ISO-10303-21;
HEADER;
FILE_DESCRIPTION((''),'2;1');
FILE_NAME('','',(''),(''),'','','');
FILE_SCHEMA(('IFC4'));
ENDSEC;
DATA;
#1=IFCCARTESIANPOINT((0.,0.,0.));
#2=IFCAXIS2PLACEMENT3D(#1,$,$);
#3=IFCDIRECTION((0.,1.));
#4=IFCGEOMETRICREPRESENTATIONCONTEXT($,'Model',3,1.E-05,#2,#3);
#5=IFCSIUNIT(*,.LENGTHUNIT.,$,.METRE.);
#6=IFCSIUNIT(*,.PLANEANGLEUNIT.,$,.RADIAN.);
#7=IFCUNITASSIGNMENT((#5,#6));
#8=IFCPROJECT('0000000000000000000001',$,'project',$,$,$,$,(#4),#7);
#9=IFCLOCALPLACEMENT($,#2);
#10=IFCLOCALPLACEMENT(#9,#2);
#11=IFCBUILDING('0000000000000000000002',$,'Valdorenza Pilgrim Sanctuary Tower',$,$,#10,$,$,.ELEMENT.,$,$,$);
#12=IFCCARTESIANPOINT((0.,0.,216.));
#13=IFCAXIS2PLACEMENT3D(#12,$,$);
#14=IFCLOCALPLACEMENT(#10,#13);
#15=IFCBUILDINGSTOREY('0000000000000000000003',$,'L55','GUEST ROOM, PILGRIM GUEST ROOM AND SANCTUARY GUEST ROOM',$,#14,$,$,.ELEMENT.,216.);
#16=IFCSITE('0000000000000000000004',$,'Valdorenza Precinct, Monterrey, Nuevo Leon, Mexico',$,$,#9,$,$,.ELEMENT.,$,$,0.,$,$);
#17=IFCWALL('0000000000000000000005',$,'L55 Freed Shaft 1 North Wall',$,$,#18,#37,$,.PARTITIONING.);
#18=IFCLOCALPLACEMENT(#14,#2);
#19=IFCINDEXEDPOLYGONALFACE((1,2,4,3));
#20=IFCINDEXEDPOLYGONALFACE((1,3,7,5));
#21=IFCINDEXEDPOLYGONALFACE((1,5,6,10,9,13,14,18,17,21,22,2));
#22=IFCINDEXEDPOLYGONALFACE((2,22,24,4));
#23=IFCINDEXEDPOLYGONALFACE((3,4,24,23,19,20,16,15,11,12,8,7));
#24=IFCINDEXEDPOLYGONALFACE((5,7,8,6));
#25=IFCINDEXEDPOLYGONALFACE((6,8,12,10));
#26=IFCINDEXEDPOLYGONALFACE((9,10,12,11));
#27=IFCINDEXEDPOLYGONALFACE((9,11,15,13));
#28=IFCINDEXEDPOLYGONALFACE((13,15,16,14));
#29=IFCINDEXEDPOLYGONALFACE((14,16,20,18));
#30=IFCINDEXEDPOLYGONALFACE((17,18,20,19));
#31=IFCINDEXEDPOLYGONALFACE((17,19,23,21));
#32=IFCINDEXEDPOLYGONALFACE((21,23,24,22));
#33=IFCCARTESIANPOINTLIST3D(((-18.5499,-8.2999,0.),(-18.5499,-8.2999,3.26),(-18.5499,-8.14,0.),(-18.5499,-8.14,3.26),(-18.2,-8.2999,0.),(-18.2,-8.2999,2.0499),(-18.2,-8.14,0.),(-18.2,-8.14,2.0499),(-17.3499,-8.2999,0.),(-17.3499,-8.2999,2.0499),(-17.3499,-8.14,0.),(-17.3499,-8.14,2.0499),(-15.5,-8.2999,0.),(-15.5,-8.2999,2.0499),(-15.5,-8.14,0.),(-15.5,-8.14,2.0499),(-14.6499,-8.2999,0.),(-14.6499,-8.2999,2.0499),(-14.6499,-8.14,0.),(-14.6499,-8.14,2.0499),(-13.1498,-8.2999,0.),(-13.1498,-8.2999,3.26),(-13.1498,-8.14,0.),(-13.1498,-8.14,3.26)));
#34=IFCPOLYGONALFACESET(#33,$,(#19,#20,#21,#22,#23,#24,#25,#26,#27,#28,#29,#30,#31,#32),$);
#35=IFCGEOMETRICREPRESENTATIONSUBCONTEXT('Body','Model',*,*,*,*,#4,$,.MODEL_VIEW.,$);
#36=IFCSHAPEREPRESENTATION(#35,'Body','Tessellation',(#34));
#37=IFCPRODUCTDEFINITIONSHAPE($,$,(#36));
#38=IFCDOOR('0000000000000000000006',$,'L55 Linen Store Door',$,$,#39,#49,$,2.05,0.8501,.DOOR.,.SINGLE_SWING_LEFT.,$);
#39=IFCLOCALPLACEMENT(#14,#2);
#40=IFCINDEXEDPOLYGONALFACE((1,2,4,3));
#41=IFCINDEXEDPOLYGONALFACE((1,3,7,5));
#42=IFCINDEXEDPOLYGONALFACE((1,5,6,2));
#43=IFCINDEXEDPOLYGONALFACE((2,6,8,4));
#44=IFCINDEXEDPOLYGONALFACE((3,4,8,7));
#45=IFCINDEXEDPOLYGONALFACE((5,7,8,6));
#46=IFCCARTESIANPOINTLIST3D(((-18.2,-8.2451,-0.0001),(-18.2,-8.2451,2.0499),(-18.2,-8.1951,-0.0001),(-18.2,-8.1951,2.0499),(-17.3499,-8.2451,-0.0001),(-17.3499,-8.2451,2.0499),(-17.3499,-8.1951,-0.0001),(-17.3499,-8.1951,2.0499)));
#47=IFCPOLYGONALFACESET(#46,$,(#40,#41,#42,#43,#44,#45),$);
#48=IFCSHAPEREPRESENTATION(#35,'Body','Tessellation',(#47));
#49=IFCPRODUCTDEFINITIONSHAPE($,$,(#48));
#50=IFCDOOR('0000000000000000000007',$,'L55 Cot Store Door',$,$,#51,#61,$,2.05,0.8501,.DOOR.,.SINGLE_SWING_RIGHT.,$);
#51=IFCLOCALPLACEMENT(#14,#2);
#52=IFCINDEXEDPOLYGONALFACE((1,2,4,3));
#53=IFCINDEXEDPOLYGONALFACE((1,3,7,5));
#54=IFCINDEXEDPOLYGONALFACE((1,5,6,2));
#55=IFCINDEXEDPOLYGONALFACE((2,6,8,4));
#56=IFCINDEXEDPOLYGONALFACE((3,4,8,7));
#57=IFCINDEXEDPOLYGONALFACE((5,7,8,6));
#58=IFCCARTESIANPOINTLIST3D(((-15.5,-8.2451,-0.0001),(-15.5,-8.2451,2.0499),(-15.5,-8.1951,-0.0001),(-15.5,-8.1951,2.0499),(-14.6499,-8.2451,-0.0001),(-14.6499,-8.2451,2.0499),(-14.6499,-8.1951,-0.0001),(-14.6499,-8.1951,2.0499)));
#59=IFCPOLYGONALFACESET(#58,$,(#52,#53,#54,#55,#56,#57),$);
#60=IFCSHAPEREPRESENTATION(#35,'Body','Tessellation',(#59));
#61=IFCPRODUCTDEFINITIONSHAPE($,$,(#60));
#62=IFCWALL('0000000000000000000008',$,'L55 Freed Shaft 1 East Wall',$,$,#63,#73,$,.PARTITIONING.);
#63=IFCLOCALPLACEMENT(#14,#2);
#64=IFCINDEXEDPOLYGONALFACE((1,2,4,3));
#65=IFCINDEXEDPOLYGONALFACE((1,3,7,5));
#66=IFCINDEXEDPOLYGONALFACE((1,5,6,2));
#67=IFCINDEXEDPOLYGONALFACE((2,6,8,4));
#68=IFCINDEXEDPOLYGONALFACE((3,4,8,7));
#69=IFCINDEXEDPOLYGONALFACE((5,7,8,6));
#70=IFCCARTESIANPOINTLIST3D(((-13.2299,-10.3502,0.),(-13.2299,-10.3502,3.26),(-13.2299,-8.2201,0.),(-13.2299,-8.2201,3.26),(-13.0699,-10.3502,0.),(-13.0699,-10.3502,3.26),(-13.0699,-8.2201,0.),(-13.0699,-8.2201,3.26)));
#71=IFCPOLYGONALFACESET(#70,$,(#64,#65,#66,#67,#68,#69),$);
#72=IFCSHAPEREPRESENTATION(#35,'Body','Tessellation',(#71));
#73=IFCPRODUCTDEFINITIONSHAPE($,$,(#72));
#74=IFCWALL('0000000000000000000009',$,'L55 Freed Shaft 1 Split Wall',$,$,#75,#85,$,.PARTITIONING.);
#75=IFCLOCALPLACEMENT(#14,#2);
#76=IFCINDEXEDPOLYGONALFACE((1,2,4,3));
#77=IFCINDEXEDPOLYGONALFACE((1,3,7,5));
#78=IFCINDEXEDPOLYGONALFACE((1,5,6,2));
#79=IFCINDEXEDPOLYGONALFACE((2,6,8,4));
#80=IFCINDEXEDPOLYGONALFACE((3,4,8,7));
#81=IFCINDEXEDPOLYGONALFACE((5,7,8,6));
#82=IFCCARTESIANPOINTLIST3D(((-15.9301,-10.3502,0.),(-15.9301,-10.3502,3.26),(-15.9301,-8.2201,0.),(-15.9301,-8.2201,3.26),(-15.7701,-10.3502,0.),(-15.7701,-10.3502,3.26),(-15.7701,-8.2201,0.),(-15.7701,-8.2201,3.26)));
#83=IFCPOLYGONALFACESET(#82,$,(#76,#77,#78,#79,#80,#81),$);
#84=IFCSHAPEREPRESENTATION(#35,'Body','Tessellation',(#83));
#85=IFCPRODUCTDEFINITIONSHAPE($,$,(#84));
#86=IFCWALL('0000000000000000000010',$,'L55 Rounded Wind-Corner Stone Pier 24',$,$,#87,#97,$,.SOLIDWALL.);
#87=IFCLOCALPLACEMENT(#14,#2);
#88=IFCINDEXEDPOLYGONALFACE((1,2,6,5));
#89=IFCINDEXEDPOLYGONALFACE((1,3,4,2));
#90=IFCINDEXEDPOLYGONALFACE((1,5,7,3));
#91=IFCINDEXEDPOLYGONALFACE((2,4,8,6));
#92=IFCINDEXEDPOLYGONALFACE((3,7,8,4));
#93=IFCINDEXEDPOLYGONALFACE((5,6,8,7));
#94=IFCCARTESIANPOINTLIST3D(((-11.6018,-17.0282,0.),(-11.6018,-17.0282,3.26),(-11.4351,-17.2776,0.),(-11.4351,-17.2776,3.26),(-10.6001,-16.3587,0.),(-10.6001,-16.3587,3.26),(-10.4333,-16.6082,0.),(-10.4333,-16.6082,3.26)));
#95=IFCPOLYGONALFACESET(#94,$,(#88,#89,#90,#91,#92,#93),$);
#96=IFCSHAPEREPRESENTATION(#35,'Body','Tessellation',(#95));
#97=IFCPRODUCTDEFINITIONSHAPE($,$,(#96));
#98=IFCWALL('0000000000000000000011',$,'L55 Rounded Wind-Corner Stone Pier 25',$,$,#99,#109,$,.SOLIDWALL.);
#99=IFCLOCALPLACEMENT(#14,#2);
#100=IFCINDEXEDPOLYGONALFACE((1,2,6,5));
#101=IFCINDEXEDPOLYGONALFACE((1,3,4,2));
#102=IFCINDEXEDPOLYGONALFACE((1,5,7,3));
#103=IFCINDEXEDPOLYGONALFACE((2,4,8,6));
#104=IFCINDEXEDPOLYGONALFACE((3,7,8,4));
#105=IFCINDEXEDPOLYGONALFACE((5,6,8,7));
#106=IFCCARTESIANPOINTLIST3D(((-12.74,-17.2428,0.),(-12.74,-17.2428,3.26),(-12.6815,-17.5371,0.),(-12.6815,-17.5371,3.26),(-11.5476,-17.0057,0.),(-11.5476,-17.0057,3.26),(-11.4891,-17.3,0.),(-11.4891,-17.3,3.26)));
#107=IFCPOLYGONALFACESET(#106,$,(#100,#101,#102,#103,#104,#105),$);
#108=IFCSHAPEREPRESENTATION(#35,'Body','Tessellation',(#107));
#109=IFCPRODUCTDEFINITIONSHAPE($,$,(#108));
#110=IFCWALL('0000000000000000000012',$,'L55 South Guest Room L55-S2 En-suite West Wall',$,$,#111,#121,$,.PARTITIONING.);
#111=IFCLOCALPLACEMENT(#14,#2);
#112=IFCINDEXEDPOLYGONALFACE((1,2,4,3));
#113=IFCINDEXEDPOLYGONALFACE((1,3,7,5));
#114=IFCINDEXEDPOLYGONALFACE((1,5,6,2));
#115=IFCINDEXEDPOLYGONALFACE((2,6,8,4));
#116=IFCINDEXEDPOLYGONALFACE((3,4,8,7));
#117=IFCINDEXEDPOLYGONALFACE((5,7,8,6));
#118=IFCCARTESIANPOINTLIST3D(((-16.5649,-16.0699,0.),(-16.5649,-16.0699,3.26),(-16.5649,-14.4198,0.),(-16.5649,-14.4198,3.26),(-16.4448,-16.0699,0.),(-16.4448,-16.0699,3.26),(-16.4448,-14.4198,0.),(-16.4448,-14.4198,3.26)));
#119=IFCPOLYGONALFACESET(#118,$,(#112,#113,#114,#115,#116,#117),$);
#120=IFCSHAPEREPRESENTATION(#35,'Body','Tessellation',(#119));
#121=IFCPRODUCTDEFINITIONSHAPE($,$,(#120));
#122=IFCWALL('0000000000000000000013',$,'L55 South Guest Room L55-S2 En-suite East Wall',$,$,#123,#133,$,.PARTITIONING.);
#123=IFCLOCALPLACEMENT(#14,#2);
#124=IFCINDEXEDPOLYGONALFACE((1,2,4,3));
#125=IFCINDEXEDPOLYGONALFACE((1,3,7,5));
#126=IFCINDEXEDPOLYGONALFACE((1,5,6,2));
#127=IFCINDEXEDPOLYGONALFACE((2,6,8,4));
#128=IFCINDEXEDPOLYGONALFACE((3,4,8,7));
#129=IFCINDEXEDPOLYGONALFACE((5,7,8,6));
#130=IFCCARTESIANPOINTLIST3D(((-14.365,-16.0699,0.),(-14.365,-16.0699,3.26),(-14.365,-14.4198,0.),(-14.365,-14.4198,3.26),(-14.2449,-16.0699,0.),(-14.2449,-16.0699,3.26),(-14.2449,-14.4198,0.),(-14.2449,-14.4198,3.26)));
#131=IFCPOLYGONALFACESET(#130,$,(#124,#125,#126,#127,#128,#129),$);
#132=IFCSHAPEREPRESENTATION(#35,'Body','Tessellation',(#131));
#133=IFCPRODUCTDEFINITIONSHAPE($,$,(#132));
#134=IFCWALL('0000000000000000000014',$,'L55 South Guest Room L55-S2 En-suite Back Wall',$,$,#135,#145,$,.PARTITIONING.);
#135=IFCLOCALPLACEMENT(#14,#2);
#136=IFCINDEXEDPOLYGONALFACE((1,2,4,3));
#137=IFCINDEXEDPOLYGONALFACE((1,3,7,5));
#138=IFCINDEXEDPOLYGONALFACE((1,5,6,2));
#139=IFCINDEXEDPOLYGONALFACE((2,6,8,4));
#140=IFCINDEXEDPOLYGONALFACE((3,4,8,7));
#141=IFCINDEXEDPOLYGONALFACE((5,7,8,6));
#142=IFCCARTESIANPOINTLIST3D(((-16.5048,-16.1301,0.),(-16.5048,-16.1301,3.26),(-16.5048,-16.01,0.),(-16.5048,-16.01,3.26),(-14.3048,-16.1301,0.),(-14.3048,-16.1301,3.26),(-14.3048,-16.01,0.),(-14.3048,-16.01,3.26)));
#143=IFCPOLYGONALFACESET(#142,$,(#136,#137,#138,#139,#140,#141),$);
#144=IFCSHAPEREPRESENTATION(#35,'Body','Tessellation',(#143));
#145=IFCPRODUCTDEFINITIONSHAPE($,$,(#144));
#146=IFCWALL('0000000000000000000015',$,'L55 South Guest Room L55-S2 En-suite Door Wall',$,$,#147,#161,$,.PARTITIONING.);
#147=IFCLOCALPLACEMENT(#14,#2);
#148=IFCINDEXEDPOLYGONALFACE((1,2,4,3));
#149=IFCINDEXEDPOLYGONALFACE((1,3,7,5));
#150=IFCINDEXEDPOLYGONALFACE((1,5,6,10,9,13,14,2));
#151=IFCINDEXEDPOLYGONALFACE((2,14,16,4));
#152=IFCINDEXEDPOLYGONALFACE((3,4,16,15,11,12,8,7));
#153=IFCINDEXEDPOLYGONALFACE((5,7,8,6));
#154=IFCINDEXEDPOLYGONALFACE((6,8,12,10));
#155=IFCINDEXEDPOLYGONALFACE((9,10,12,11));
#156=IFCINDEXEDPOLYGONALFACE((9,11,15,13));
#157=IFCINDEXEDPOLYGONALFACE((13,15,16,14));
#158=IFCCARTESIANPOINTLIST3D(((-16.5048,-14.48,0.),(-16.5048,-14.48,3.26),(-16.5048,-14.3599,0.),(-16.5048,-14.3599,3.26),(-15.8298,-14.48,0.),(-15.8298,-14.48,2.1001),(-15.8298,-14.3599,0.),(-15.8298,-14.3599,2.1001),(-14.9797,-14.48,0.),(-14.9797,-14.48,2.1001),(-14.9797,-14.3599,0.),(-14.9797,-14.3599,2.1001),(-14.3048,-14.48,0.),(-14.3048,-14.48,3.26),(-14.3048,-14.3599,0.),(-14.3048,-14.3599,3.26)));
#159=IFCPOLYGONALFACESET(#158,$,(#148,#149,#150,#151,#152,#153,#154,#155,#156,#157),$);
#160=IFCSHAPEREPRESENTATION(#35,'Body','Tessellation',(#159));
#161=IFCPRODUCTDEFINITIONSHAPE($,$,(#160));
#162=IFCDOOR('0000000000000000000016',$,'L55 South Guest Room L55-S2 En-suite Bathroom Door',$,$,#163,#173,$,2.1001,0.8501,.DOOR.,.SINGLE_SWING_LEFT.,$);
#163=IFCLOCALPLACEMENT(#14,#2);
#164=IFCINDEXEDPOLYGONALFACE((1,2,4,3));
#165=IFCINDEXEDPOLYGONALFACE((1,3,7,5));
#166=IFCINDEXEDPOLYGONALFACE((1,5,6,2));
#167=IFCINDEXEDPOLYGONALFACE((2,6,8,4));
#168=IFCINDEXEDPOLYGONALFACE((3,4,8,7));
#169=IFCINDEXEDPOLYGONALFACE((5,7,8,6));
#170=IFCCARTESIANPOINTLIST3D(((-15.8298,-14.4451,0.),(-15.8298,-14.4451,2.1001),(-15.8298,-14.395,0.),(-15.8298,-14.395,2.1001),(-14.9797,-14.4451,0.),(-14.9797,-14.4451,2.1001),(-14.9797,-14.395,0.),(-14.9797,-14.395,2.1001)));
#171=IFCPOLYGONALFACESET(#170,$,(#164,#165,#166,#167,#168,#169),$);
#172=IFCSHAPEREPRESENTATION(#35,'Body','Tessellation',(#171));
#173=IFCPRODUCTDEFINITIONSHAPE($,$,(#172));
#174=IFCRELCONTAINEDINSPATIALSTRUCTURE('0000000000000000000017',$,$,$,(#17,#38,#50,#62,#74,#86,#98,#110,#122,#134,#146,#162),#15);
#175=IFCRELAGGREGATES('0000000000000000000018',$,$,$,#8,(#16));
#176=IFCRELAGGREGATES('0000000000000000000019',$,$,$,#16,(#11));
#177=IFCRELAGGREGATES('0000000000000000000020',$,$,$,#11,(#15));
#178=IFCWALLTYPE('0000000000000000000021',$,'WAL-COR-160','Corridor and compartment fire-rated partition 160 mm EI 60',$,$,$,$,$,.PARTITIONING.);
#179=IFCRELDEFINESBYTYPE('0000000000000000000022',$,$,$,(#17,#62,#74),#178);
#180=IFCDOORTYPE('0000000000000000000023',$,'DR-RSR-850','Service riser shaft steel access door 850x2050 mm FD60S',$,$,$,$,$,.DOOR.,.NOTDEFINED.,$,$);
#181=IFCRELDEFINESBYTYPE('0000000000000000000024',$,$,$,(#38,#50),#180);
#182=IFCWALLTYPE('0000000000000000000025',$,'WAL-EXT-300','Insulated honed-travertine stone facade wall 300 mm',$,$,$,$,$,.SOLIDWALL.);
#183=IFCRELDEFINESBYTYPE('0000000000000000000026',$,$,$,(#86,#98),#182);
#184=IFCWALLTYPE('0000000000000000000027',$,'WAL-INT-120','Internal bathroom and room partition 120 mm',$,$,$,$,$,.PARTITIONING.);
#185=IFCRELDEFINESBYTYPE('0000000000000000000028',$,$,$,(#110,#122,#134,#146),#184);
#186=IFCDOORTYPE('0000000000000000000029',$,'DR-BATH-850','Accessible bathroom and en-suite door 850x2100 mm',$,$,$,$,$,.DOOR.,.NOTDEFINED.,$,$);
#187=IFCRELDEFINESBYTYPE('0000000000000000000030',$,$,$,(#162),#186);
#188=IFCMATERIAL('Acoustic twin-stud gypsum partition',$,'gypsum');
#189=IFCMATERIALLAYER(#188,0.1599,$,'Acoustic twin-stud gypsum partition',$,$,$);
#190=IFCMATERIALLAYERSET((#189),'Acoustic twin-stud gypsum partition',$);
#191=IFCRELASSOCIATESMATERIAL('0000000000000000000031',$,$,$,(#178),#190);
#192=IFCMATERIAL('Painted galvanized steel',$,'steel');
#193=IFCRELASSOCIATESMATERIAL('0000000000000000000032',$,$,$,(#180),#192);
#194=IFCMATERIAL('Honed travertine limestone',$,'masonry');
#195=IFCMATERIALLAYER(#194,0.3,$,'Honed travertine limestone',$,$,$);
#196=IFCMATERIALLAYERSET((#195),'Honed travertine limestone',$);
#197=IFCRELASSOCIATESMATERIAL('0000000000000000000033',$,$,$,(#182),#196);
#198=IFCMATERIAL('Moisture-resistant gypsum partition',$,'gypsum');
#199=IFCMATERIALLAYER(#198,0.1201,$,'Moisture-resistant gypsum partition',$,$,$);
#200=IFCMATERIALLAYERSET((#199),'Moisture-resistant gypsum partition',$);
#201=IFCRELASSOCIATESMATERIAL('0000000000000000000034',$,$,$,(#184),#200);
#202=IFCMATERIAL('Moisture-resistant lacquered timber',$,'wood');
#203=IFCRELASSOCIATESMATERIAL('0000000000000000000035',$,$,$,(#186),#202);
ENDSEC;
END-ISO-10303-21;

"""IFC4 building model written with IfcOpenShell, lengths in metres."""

from ifc_helpers import new_model, si_unit, direction, frame, frame_2d, origin, place, context, subcontext, project, spatial, rectangle, extrude, material, layer, layer_set, type_object, element, fill, save


model = new_model("IFC4")

# Units and contexts
model_context = context("Model", 3, precision=1e-05, world=origin(), true_north=direction((0.0, 1.0)))
body_context = subcontext(model_context, "Body", "Model", "MODEL_VIEW")
ifc_project = project(units=[si_unit("LENGTHUNIT", "METRE"), si_unit("PLANEANGLEUNIT", "RADIAN")], contexts=[model_context])

# Site, building, storey
site_placement = place(None, origin())
site = spatial("IfcSite", under=ifc_project, at=site_placement, Name="Valdorenza Precinct, Monterrey, Nuevo Leon, Mexico", CompositionType="ELEMENT", RefElevation=0.0)
building_placement = place(site_placement, origin())
building = spatial("IfcBuilding", under=site, at=building_placement, Name="Valdorenza Pilgrim Sanctuary Tower", CompositionType="ELEMENT")
storey_placement = place(building_placement, frame((0.0, 0.0, 216.0)))
storey = spatial("IfcBuildingStorey", under=building, at=storey_placement, Name="L55", Description="GUEST ROOM, PILGRIM GUEST ROOM AND SANCTUARY GUEST ROOM", CompositionType="ELEMENT", Elevation=216.0)

# Shared definitions
ifc_material_1 = material(Name="Honed travertine limestone", Category="masonry")

# Wall, openings, doors
ifc_material_2 = material(Name="Acoustic twin-stud gypsum partition", Category="gypsum")
ifc_layer_1 = layer(ifc_material_2, 0.1599, Name="Acoustic twin-stud gypsum partition")
ifc_layer_set_1 = layer_set([ifc_layer_1], Name="Acoustic twin-stud gypsum partition")
wall_type_1 = type_object("IfcWallType", Name="WAL-COR-160", Description="Corridor and compartment fire-rated partition 160 mm EI 60", PredefinedType="PARTITIONING", material=ifc_layer_set_1)
wall_1_placement = place(storey_placement, frame((-18.55, -8.22, 0.0), z_axis=(0.0, 0.0, 1.0), x_axis=(1.0, 0.0, 0.0)))
wall_1 = element("IfcWall", 1, at=wall_1_placement, inside=storey, type_object=wall_type_1, Name="L55 Freed Shaft 1 North Wall", PredefinedType="PARTITIONING", context=body_context, shape_type="SweptSolid", body=[
    extrude(rectangle(XDim=5.4001, YDim=0.1599, at=frame_2d((2.7002, 0.0))), origin(), (0.0, 0.0, 1.0), 3.26),
])
opening_1_placement = place(wall_1_placement, frame((0.3501, 0.0, 0.0)))
opening_1 = element("IfcOpeningElement", 2, at=opening_1_placement, cuts=wall_1, PredefinedType="OPENING", context=body_context, shape_type="SweptSolid", body=[
    extrude(rectangle(XDim=0.8501, YDim=2.05, at=frame_2d((0.425, 1.0249))), frame((0.0, 0.0947, 0.0), z_axis=(0.0, -1.0, 0.0), x_axis=(1.0, 0.0, 0.0)), (0.0, 0.0, 1.0), 0.1897),
])
opening_2_placement = place(wall_1_placement, frame((3.05, 0.0, 0.0)))
opening_2 = element("IfcOpeningElement", 3, at=opening_2_placement, cuts=wall_1, PredefinedType="OPENING", context=body_context, shape_type="SweptSolid", body=[
    extrude(rectangle(XDim=0.8501, YDim=2.05, at=frame_2d((0.425, 1.0249))), frame((0.0, 0.0947, 0.0), z_axis=(0.0, -1.0, 0.0), x_axis=(1.0, 0.0, 0.0)), (0.0, 0.0, 1.0), 0.1897),
])
ifc_material_3 = material(Name="Painted galvanized steel", Category="steel")
door_type_1 = type_object("IfcDoorType", Name="DR-RSR-850", Description="Service riser shaft steel access door 850x2050 mm FD60S", OperationType="NOTDEFINED", PredefinedType="DOOR", material=ifc_material_3)
door_1_placement = place(opening_1_placement, origin())
door_1 = element("IfcDoor", 4, at=door_1_placement, inside=storey, type_object=door_type_1, Name="L55 Linen Store Door", OperationType="SINGLE_SWING_LEFT", OverallHeight=2.05, OverallWidth=0.8501, PredefinedType="DOOR", context=body_context, shape_type="SweptSolid", body=[
    extrude(rectangle(XDim=0.8501, YDim=2.05, at=frame_2d((0.425, 1.0249))), frame((0.0, 0.0249, 0.0), z_axis=(0.0, -1.0, 0.0), x_axis=(1.0, 0.0, 0.0)), (0.0, 0.0, 1.0), 0.05),
])
fill(opening_1, door_1)
door_2_placement = place(opening_2_placement, origin())
door_2 = element("IfcDoor", 5, at=door_2_placement, inside=storey, type_object=door_type_1, Name="L55 Cot Store Door", OperationType="SINGLE_SWING_RIGHT", OverallHeight=2.05, OverallWidth=0.8501, PredefinedType="DOOR", context=body_context, shape_type="SweptSolid", body=[
    extrude(rectangle(XDim=0.8501, YDim=2.05, at=frame_2d((0.425, 1.0249))), frame((0.0, 0.0249, 0.0), z_axis=(0.0, -1.0, 0.0), x_axis=(1.0, 0.0, 0.0)), (0.0, 0.0, 1.0), 0.05),
])
fill(opening_2, door_2)

# Walls
for number, where, z_axis, x_axis, name in (
    (6, (-13.1499, -10.3501, 0.0), (0.0, 0.0, 1.0), (0.0, 1.0, 0.0), "L55 Freed Shaft 1 East Wall"),
    (7, (-15.8501, -10.3501, 0.0), (0.0, 0.0, 1.0), (0.0, 1.0, 0.0), "L55 Freed Shaft 1 Split Wall"),
):
    element("IfcWall", number, at=place(storey_placement, frame(where, z_axis=z_axis, x_axis=x_axis)), inside=storey, type_object=wall_type_1, Name=name, PredefinedType="PARTITIONING", context=body_context, shape_type="SweptSolid", body=[
        extrude(rectangle(XDim=2.1301, YDim=0.1599, at=frame_2d((1.0649, 0.0))), origin(), (0.0, 0.0, 1.0), 3.26),
    ])
ifc_layer_2 = layer(ifc_material_1, 0.3, Name="Honed travertine limestone")
ifc_layer_set_2 = layer_set([ifc_layer_2], Name="Honed travertine limestone")
wall_type_2 = type_object("IfcWallType", Name="WAL-EXT-300", Description="Insulated honed-travertine stone facade wall 300 mm", PredefinedType="SOLIDWALL", material=ifc_layer_set_2)
wall_2_placement = place(storey_placement, frame((-10.5166, -16.4834, 0.0), z_axis=(0.0, 0.0, 1.0), x_axis=(-0.831426, -0.555635, 0.0)))
element("IfcWall", 8, at=wall_2_placement, inside=storey, type_object=wall_type_2, Name="L55 Rounded Wind-Corner Stone Pier 24", PredefinedType="SOLIDWALL", context=body_context, shape_type="SweptSolid", body=[
    extrude(rectangle(XDim=1.2048, YDim=0.3, at=frame_2d((0.6025, 0.0))), origin(), (0.0, 0.0, 1.0), 3.26),
])
wall_3_placement = place(storey_placement, frame((-11.5183, -17.1528, 0.0), z_axis=(0.0, 0.0, 1.0), x_axis=(-0.980804, -0.194996, 0.0)))
element("IfcWall", 9, at=wall_3_placement, inside=storey, type_object=wall_type_2, Name="L55 Rounded Wind-Corner Stone Pier 25", PredefinedType="SOLIDWALL", context=body_context, shape_type="SweptSolid", body=[
    extrude(rectangle(XDim=1.2158, YDim=0.3, at=frame_2d((0.6079, 0.0))), origin(), (0.0, 0.0, 1.0), 3.26),
])
ifc_material_4 = material(Name="Moisture-resistant gypsum partition", Category="gypsum")
ifc_layer_3 = layer(ifc_material_4, 0.1201, Name="Moisture-resistant gypsum partition")
ifc_layer_set_3 = layer_set([ifc_layer_3], Name="Moisture-resistant gypsum partition")
wall_type_3 = type_object("IfcWallType", Name="WAL-INT-120", Description="Internal bathroom and room partition 120 mm", PredefinedType="PARTITIONING", material=ifc_layer_set_3)
for number, where, z_axis, x_axis, name in (
    (10, (-16.5049, -16.0701, 0.0), (0.0, 0.0, 1.0), (0.0, 1.0, 0.0), "L55 South Guest Room L55-S2 En-suite West Wall"),
    (11, (-14.3049, -16.0701, 0.0), (0.0, 0.0, 1.0), (0.0, 1.0, 0.0), "L55 South Guest Room L55-S2 En-suite East Wall"),
):
    element("IfcWall", number, at=place(storey_placement, frame(where, z_axis=z_axis, x_axis=x_axis)), inside=storey, type_object=wall_type_3, Name=name, PredefinedType="PARTITIONING", context=body_context, shape_type="SweptSolid", body=[
        extrude(rectangle(XDim=1.6501, YDim=0.1201, at=frame_2d((0.8252, 0.0))), origin(), (0.0, 0.0, 1.0), 3.26),
    ])
wall_4_placement = place(storey_placement, frame((-16.5049, -16.0701, 0.0), z_axis=(0.0, 0.0, 1.0), x_axis=(1.0, 0.0, 0.0)))
element("IfcWall", 12, at=wall_4_placement, inside=storey, type_object=wall_type_3, Name="L55 South Guest Room L55-S2 En-suite Back Wall", PredefinedType="PARTITIONING", context=body_context, shape_type="SweptSolid", body=[
    extrude(rectangle(XDim=2.2, YDim=0.1201, at=frame_2d((1.1001, 0.0))), origin(), (0.0, 0.0, 1.0), 3.26),
])

# Wall, opening, door
wall_5_placement = place(storey_placement, frame((-16.5049, -14.4199, 0.0), z_axis=(0.0, 0.0, 1.0), x_axis=(1.0, 0.0, 0.0)))
wall_5 = element("IfcWall", 13, at=wall_5_placement, inside=storey, type_object=wall_type_3, Name="L55 South Guest Room L55-S2 En-suite Door Wall", PredefinedType="PARTITIONING", context=body_context, shape_type="SweptSolid", body=[
    extrude(rectangle(XDim=2.2, YDim=0.1201, at=frame_2d((1.1001, 0.0))), origin(), (0.0, 0.0, 1.0), 3.26),
])
opening_3_placement = place(wall_5_placement, frame((0.675, 0.0, 0.0)))
opening_3 = element("IfcOpeningElement", 14, at=opening_3_placement, cuts=wall_5, PredefinedType="OPENING", context=body_context, shape_type="SweptSolid", body=[
    extrude(rectangle(XDim=0.8501, YDim=2.1001, at=frame_2d((0.425, 1.05))), frame((0.0, 0.075, 0.0), z_axis=(0.0, -1.0, 0.0), x_axis=(1.0, 0.0, 0.0)), (0.0, 0.0, 1.0), 0.1499),
])
ifc_material_5 = material(Name="Moisture-resistant lacquered timber", Category="wood")
door_type_2 = type_object("IfcDoorType", Name="DR-BATH-850", Description="Accessible bathroom and en-suite door 850x2100 mm", OperationType="NOTDEFINED", PredefinedType="DOOR", material=ifc_material_5)
door_3_placement = place(opening_3_placement, origin())
door_3 = element("IfcDoor", 15, at=door_3_placement, inside=storey, type_object=door_type_2, Name="L55 South Guest Room L55-S2 En-suite Bathroom Door", OperationType="SINGLE_SWING_LEFT", OverallHeight=2.1001, OverallWidth=0.8501, PredefinedType="DOOR", context=body_context, shape_type="SweptSolid", body=[
    extrude(rectangle(XDim=0.8501, YDim=2.1001, at=frame_2d((0.425, 1.05))), frame((0.0, 0.0249, 0.0), z_axis=(0.0, -1.0, 0.0), x_axis=(1.0, 0.0, 0.0)), (0.0, 0.0, 1.0), 0.05),
])
fill(opening_3, door_3)

save(model, "model.ifc")
